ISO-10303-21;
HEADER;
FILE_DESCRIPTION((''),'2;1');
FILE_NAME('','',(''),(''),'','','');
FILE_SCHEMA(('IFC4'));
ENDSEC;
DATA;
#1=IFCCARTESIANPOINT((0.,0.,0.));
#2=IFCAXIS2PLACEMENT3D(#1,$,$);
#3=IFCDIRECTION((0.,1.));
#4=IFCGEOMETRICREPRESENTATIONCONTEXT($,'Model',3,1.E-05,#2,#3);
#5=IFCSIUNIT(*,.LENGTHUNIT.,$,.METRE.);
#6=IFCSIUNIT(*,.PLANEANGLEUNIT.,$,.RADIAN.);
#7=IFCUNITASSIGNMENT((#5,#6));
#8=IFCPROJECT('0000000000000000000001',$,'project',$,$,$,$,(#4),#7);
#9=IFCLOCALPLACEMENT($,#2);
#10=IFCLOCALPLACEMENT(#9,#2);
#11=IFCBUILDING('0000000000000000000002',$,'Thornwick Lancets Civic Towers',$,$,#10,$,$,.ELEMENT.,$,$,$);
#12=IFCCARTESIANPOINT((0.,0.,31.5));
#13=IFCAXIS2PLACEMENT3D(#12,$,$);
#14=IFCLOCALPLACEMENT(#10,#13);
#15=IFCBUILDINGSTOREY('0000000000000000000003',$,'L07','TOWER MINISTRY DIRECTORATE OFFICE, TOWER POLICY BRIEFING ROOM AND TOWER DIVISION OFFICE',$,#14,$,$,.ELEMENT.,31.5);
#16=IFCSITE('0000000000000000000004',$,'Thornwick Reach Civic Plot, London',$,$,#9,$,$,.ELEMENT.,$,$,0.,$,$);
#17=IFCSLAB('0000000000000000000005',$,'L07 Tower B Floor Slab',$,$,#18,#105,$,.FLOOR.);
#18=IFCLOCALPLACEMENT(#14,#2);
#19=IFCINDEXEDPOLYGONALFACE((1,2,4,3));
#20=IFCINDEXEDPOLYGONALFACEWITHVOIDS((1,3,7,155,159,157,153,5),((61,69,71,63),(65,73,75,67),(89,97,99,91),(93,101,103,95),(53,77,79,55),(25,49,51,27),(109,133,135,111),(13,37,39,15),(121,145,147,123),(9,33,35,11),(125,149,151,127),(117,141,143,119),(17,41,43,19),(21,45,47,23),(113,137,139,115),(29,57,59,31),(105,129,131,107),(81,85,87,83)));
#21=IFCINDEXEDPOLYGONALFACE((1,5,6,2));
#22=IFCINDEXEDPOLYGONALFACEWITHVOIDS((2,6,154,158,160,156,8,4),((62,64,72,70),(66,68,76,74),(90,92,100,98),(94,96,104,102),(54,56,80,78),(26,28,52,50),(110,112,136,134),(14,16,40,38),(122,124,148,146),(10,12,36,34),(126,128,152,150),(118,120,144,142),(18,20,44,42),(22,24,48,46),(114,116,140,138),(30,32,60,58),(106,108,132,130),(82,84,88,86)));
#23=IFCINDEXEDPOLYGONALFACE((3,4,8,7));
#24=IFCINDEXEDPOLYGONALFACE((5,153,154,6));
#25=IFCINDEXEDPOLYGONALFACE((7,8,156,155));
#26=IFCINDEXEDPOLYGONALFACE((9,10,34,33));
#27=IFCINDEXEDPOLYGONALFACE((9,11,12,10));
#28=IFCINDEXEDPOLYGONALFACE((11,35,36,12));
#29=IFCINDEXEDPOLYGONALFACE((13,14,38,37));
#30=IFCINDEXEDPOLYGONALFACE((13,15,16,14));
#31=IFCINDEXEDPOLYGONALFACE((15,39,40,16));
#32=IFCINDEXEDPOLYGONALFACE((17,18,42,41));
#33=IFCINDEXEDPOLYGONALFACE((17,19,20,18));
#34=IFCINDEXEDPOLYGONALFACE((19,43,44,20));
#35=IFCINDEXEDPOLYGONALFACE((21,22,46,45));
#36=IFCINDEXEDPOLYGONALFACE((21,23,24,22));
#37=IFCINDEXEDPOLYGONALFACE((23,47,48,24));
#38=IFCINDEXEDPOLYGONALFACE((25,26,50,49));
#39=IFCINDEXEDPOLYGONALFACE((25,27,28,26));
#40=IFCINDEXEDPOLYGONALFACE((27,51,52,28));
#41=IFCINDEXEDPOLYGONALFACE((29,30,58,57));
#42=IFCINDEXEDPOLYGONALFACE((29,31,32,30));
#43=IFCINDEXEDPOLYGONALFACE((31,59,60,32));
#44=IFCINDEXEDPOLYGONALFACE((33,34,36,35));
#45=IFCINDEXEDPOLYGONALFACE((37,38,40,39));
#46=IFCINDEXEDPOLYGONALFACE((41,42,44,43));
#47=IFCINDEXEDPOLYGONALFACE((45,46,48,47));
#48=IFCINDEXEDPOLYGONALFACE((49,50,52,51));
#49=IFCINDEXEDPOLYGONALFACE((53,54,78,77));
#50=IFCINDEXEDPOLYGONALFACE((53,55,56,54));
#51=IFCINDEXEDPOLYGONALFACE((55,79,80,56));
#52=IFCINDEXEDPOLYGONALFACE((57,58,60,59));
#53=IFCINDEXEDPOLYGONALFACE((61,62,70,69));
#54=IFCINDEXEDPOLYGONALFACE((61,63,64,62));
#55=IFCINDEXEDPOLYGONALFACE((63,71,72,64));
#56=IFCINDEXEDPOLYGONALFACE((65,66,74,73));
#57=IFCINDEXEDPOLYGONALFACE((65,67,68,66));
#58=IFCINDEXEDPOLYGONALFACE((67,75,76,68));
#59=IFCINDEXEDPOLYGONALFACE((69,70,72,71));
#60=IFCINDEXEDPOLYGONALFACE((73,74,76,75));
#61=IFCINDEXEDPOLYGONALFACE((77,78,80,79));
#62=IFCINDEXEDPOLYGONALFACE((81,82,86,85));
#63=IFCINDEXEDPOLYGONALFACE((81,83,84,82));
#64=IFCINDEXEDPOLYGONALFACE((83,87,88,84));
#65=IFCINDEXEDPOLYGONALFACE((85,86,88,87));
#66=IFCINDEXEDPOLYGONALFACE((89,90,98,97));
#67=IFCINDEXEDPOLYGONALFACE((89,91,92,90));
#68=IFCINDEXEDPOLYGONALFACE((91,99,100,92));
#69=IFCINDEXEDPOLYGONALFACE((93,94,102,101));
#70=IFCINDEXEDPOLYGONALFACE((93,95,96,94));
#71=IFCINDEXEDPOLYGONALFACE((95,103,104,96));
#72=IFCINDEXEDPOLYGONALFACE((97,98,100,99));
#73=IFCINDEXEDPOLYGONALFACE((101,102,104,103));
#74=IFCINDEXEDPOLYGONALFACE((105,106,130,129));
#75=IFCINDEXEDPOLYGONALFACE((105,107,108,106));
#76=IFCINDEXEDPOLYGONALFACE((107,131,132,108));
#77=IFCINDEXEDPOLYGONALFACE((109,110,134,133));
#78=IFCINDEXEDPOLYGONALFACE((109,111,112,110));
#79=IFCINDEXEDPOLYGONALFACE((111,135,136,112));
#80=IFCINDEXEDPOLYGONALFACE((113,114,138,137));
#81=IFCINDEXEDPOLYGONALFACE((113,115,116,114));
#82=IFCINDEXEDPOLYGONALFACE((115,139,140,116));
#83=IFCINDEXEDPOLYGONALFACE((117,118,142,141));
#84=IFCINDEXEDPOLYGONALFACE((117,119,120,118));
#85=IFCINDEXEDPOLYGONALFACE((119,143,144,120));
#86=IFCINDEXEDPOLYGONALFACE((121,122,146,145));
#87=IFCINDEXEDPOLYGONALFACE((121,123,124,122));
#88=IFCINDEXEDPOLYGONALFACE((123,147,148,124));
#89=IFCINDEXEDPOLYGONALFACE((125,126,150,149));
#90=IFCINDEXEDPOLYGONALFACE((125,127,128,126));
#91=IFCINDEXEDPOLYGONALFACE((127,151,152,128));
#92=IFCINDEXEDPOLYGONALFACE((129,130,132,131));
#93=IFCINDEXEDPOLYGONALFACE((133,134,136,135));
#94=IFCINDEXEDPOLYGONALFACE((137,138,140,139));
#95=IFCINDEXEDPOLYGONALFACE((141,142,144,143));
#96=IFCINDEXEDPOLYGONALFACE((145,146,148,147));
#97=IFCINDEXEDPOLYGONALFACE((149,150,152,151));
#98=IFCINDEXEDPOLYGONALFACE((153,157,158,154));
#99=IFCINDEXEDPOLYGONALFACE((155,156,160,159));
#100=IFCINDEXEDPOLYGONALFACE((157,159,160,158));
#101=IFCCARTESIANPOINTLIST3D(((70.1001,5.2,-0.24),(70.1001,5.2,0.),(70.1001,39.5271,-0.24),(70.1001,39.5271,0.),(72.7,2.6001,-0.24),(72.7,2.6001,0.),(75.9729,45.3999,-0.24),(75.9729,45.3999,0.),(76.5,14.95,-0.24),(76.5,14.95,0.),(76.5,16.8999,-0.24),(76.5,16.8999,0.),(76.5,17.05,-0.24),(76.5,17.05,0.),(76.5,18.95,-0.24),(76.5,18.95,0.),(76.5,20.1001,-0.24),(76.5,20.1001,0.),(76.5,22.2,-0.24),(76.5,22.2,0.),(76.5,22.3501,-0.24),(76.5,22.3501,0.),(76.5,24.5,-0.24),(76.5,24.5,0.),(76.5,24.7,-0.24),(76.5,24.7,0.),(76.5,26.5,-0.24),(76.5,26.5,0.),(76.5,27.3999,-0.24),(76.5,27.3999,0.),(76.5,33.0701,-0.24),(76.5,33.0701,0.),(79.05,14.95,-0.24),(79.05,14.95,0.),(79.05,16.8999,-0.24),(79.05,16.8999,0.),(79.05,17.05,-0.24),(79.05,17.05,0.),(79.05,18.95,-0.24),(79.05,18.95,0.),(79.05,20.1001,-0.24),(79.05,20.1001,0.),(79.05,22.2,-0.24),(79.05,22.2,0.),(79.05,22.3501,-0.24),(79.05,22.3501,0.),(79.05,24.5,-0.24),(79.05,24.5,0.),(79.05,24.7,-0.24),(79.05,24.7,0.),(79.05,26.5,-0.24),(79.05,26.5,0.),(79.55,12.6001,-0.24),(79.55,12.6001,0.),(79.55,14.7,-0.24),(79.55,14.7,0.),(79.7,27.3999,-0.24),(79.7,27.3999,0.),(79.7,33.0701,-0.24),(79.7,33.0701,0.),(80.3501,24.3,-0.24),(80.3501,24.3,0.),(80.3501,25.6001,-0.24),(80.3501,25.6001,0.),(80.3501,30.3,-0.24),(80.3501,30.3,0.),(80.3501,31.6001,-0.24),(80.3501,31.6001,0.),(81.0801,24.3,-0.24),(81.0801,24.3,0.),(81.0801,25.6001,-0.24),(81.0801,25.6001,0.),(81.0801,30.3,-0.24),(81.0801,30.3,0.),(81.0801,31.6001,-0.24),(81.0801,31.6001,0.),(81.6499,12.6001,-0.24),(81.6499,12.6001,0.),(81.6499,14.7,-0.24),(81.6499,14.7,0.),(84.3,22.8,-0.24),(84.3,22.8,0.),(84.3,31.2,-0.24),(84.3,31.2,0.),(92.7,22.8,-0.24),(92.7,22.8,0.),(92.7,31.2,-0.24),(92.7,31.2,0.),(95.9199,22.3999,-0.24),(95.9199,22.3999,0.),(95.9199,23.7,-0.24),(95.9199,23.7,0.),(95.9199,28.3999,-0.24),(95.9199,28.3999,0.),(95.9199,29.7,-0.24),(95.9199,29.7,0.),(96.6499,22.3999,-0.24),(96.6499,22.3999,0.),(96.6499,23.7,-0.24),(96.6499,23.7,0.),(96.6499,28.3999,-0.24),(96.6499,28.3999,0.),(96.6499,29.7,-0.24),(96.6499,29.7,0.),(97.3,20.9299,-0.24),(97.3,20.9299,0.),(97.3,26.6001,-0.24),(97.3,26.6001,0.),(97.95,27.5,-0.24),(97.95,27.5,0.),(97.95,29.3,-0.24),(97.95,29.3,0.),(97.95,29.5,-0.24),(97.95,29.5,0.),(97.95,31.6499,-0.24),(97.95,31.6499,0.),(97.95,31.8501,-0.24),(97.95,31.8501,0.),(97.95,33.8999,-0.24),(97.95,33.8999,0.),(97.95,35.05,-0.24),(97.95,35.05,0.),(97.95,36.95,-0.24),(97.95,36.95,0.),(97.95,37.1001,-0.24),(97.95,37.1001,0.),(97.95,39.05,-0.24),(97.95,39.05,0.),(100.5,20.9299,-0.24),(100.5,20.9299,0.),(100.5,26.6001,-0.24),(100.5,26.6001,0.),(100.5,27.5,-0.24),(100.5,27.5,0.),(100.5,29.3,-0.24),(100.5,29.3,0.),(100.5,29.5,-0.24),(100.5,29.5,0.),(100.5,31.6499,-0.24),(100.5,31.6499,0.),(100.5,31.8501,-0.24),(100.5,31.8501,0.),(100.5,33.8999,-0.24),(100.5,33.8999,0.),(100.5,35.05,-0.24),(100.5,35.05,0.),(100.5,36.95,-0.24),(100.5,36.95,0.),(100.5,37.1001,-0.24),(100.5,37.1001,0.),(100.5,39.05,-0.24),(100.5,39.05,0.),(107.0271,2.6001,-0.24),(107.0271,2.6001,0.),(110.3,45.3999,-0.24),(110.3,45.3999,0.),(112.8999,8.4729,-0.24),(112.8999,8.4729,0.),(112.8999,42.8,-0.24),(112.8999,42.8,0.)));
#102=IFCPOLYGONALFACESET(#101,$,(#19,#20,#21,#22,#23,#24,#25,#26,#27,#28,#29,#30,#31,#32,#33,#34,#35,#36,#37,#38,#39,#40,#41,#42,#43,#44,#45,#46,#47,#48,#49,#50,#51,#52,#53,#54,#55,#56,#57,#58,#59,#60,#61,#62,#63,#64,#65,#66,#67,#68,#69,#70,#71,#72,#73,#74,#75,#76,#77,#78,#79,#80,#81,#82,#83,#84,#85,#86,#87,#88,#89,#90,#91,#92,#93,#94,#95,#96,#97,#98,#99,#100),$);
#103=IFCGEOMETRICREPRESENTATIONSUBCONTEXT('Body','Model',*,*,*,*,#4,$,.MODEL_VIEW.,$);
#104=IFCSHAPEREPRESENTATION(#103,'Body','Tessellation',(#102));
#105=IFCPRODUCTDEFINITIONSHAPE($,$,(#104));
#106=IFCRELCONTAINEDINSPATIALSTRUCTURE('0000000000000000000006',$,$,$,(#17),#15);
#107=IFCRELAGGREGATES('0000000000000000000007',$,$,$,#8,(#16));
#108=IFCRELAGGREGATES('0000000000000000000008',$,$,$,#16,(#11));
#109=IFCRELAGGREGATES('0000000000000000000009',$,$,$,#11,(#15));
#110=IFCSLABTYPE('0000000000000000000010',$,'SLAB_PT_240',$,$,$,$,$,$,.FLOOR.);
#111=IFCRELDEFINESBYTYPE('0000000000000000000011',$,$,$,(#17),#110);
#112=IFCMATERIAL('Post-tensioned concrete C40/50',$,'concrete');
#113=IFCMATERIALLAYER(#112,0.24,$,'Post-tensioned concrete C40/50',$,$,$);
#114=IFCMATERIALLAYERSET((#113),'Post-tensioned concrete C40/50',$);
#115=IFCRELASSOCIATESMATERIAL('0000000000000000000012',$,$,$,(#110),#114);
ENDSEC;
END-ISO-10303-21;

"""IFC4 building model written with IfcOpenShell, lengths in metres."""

from ifc_helpers import new_model, si_unit, direction, frame, origin, place, context, subcontext, project, spatial, polyline, outline, extrude, material, layer, layer_set, type_object, element, save


model = new_model("IFC4")

# Units and contexts
model_context = context("Model", 3, precision=1e-05, world=origin(), true_north=direction((0.0, 1.0)))
body_context = subcontext(model_context, "Body", "Model", "MODEL_VIEW")
ifc_project = project(units=[si_unit("LENGTHUNIT", "METRE"), si_unit("PLANEANGLEUNIT", "RADIAN")], contexts=[model_context])

# Site, building, storey
site_placement = place(None, origin())
site = spatial("IfcSite", under=ifc_project, at=site_placement, Name="Thornwick Reach Civic Plot, London", CompositionType="ELEMENT", RefElevation=0.0)
building_placement = place(site_placement, origin())
building = spatial("IfcBuilding", under=site, at=building_placement, Name="Thornwick Lancets Civic Towers", CompositionType="ELEMENT")
storey_placement = place(building_placement, frame((0.0, 0.0, 31.5)))
storey = spatial("IfcBuildingStorey", under=building, at=storey_placement, Name="L07", Description="TOWER MINISTRY DIRECTORATE OFFICE, TOWER POLICY BRIEFING ROOM AND TOWER DIVISION OFFICE", CompositionType="ELEMENT", Elevation=31.5)

# Shared definitions
ifc_material_1 = material(Name="Post-tensioned concrete C40/50", Category="concrete")

# Slab
ifc_layer_1 = layer(ifc_material_1, 0.24, Name="Post-tensioned concrete C40/50")
ifc_layer_set_1 = layer_set([ifc_layer_1], Name="Post-tensioned concrete C40/50")
slab_type_1 = type_object("IfcSlabType", Name="SLAB_PT_240", PredefinedType="FLOOR", material=ifc_layer_set_1)
slab_1_placement = place(storey_placement, frame((0.0, 0.0, -0.24)))
element("IfcSlab", 1, at=slab_1_placement, inside=storey, type_object=slab_type_1, Name="L07 Tower B Floor Slab", PredefinedType="FLOOR", context=body_context, shape_type="SweptSolid", body=[
    extrude(outline(polyline([(72.7, 2.6001), (107.0271, 2.6001), (112.8999, 8.4729), (112.8999, 42.8), (110.3, 45.3999), (75.9729, 45.3999), (70.1001, 39.5271), (70.1001, 5.2), (72.7, 2.6001)]), holes=[polyline([(84.3, 22.8), (92.7, 22.8), (92.7, 31.2), (84.3, 31.2), (84.3, 22.8)]), polyline([(100.5, 20.9299), (100.5, 26.6001), (97.3, 26.6001), (97.3, 20.9299), (100.5, 20.9299)]), polyline([(76.5, 33.0701), (76.5, 27.3999), (79.7, 27.3999), (79.7, 33.0701), (76.5, 33.0701)]), polyline([(97.95, 27.5), (100.5, 27.5), (100.5, 29.3), (97.95, 29.3), (97.95, 27.5)]), polyline([(97.95, 29.5), (100.5, 29.5), (100.5, 31.6499), (97.95, 31.6499), (97.95, 29.5)]), polyline([(97.95, 31.8501), (100.5, 31.8501), (100.5, 33.8999), (97.95, 33.8999), (97.95, 31.8501)]), polyline([(97.95, 35.05), (100.5, 35.05), (100.5, 36.95), (97.95, 36.95), (97.95, 35.05)]), polyline([(97.95, 37.1001), (100.5, 37.1001), (100.5, 39.05), (97.95, 39.05), (97.95, 37.1001)]), polyline([(76.5, 24.7), (79.05, 24.7), (79.05, 26.5), (76.5, 26.5), (76.5, 24.7)]), polyline([(76.5, 22.3501), (79.05, 22.3501), (79.05, 24.5), (76.5, 24.5), (76.5, 22.3501)]), polyline([(76.5, 20.1001), (79.05, 20.1001), (79.05, 22.2), (76.5, 22.2), (76.5, 20.1001)]), polyline([(76.5, 17.05), (79.05, 17.05), (79.05, 18.95), (76.5, 18.95), (76.5, 17.05)]), polyline([(76.5, 14.95), (79.05, 14.95), (79.05, 16.8999), (76.5, 16.8999), (76.5, 14.95)]), polyline([(79.55, 12.6001), (81.6499, 12.6001), (81.6499, 14.7), (79.55, 14.7), (79.55, 12.6001)]), polyline([(95.9199, 28.3999), (96.6499, 28.3999), (96.6499, 29.7), (95.9199, 29.7), (95.9199, 28.3999)]), polyline([(95.9199, 22.3999), (96.6499, 22.3999), (96.6499, 23.7), (95.9199, 23.7), (95.9199, 22.3999)]), polyline([(80.3501, 24.3), (81.0801, 24.3), (81.0801, 25.6001), (80.3501, 25.6001), (80.3501, 24.3)]), polyline([(80.3501, 30.3), (81.0801, 30.3), (81.0801, 31.6001), (80.3501, 31.6001), (80.3501, 30.3)])]), origin(), (0.0, 0.0, 1.0), 0.24),
])

save(model, "model.ifc")
